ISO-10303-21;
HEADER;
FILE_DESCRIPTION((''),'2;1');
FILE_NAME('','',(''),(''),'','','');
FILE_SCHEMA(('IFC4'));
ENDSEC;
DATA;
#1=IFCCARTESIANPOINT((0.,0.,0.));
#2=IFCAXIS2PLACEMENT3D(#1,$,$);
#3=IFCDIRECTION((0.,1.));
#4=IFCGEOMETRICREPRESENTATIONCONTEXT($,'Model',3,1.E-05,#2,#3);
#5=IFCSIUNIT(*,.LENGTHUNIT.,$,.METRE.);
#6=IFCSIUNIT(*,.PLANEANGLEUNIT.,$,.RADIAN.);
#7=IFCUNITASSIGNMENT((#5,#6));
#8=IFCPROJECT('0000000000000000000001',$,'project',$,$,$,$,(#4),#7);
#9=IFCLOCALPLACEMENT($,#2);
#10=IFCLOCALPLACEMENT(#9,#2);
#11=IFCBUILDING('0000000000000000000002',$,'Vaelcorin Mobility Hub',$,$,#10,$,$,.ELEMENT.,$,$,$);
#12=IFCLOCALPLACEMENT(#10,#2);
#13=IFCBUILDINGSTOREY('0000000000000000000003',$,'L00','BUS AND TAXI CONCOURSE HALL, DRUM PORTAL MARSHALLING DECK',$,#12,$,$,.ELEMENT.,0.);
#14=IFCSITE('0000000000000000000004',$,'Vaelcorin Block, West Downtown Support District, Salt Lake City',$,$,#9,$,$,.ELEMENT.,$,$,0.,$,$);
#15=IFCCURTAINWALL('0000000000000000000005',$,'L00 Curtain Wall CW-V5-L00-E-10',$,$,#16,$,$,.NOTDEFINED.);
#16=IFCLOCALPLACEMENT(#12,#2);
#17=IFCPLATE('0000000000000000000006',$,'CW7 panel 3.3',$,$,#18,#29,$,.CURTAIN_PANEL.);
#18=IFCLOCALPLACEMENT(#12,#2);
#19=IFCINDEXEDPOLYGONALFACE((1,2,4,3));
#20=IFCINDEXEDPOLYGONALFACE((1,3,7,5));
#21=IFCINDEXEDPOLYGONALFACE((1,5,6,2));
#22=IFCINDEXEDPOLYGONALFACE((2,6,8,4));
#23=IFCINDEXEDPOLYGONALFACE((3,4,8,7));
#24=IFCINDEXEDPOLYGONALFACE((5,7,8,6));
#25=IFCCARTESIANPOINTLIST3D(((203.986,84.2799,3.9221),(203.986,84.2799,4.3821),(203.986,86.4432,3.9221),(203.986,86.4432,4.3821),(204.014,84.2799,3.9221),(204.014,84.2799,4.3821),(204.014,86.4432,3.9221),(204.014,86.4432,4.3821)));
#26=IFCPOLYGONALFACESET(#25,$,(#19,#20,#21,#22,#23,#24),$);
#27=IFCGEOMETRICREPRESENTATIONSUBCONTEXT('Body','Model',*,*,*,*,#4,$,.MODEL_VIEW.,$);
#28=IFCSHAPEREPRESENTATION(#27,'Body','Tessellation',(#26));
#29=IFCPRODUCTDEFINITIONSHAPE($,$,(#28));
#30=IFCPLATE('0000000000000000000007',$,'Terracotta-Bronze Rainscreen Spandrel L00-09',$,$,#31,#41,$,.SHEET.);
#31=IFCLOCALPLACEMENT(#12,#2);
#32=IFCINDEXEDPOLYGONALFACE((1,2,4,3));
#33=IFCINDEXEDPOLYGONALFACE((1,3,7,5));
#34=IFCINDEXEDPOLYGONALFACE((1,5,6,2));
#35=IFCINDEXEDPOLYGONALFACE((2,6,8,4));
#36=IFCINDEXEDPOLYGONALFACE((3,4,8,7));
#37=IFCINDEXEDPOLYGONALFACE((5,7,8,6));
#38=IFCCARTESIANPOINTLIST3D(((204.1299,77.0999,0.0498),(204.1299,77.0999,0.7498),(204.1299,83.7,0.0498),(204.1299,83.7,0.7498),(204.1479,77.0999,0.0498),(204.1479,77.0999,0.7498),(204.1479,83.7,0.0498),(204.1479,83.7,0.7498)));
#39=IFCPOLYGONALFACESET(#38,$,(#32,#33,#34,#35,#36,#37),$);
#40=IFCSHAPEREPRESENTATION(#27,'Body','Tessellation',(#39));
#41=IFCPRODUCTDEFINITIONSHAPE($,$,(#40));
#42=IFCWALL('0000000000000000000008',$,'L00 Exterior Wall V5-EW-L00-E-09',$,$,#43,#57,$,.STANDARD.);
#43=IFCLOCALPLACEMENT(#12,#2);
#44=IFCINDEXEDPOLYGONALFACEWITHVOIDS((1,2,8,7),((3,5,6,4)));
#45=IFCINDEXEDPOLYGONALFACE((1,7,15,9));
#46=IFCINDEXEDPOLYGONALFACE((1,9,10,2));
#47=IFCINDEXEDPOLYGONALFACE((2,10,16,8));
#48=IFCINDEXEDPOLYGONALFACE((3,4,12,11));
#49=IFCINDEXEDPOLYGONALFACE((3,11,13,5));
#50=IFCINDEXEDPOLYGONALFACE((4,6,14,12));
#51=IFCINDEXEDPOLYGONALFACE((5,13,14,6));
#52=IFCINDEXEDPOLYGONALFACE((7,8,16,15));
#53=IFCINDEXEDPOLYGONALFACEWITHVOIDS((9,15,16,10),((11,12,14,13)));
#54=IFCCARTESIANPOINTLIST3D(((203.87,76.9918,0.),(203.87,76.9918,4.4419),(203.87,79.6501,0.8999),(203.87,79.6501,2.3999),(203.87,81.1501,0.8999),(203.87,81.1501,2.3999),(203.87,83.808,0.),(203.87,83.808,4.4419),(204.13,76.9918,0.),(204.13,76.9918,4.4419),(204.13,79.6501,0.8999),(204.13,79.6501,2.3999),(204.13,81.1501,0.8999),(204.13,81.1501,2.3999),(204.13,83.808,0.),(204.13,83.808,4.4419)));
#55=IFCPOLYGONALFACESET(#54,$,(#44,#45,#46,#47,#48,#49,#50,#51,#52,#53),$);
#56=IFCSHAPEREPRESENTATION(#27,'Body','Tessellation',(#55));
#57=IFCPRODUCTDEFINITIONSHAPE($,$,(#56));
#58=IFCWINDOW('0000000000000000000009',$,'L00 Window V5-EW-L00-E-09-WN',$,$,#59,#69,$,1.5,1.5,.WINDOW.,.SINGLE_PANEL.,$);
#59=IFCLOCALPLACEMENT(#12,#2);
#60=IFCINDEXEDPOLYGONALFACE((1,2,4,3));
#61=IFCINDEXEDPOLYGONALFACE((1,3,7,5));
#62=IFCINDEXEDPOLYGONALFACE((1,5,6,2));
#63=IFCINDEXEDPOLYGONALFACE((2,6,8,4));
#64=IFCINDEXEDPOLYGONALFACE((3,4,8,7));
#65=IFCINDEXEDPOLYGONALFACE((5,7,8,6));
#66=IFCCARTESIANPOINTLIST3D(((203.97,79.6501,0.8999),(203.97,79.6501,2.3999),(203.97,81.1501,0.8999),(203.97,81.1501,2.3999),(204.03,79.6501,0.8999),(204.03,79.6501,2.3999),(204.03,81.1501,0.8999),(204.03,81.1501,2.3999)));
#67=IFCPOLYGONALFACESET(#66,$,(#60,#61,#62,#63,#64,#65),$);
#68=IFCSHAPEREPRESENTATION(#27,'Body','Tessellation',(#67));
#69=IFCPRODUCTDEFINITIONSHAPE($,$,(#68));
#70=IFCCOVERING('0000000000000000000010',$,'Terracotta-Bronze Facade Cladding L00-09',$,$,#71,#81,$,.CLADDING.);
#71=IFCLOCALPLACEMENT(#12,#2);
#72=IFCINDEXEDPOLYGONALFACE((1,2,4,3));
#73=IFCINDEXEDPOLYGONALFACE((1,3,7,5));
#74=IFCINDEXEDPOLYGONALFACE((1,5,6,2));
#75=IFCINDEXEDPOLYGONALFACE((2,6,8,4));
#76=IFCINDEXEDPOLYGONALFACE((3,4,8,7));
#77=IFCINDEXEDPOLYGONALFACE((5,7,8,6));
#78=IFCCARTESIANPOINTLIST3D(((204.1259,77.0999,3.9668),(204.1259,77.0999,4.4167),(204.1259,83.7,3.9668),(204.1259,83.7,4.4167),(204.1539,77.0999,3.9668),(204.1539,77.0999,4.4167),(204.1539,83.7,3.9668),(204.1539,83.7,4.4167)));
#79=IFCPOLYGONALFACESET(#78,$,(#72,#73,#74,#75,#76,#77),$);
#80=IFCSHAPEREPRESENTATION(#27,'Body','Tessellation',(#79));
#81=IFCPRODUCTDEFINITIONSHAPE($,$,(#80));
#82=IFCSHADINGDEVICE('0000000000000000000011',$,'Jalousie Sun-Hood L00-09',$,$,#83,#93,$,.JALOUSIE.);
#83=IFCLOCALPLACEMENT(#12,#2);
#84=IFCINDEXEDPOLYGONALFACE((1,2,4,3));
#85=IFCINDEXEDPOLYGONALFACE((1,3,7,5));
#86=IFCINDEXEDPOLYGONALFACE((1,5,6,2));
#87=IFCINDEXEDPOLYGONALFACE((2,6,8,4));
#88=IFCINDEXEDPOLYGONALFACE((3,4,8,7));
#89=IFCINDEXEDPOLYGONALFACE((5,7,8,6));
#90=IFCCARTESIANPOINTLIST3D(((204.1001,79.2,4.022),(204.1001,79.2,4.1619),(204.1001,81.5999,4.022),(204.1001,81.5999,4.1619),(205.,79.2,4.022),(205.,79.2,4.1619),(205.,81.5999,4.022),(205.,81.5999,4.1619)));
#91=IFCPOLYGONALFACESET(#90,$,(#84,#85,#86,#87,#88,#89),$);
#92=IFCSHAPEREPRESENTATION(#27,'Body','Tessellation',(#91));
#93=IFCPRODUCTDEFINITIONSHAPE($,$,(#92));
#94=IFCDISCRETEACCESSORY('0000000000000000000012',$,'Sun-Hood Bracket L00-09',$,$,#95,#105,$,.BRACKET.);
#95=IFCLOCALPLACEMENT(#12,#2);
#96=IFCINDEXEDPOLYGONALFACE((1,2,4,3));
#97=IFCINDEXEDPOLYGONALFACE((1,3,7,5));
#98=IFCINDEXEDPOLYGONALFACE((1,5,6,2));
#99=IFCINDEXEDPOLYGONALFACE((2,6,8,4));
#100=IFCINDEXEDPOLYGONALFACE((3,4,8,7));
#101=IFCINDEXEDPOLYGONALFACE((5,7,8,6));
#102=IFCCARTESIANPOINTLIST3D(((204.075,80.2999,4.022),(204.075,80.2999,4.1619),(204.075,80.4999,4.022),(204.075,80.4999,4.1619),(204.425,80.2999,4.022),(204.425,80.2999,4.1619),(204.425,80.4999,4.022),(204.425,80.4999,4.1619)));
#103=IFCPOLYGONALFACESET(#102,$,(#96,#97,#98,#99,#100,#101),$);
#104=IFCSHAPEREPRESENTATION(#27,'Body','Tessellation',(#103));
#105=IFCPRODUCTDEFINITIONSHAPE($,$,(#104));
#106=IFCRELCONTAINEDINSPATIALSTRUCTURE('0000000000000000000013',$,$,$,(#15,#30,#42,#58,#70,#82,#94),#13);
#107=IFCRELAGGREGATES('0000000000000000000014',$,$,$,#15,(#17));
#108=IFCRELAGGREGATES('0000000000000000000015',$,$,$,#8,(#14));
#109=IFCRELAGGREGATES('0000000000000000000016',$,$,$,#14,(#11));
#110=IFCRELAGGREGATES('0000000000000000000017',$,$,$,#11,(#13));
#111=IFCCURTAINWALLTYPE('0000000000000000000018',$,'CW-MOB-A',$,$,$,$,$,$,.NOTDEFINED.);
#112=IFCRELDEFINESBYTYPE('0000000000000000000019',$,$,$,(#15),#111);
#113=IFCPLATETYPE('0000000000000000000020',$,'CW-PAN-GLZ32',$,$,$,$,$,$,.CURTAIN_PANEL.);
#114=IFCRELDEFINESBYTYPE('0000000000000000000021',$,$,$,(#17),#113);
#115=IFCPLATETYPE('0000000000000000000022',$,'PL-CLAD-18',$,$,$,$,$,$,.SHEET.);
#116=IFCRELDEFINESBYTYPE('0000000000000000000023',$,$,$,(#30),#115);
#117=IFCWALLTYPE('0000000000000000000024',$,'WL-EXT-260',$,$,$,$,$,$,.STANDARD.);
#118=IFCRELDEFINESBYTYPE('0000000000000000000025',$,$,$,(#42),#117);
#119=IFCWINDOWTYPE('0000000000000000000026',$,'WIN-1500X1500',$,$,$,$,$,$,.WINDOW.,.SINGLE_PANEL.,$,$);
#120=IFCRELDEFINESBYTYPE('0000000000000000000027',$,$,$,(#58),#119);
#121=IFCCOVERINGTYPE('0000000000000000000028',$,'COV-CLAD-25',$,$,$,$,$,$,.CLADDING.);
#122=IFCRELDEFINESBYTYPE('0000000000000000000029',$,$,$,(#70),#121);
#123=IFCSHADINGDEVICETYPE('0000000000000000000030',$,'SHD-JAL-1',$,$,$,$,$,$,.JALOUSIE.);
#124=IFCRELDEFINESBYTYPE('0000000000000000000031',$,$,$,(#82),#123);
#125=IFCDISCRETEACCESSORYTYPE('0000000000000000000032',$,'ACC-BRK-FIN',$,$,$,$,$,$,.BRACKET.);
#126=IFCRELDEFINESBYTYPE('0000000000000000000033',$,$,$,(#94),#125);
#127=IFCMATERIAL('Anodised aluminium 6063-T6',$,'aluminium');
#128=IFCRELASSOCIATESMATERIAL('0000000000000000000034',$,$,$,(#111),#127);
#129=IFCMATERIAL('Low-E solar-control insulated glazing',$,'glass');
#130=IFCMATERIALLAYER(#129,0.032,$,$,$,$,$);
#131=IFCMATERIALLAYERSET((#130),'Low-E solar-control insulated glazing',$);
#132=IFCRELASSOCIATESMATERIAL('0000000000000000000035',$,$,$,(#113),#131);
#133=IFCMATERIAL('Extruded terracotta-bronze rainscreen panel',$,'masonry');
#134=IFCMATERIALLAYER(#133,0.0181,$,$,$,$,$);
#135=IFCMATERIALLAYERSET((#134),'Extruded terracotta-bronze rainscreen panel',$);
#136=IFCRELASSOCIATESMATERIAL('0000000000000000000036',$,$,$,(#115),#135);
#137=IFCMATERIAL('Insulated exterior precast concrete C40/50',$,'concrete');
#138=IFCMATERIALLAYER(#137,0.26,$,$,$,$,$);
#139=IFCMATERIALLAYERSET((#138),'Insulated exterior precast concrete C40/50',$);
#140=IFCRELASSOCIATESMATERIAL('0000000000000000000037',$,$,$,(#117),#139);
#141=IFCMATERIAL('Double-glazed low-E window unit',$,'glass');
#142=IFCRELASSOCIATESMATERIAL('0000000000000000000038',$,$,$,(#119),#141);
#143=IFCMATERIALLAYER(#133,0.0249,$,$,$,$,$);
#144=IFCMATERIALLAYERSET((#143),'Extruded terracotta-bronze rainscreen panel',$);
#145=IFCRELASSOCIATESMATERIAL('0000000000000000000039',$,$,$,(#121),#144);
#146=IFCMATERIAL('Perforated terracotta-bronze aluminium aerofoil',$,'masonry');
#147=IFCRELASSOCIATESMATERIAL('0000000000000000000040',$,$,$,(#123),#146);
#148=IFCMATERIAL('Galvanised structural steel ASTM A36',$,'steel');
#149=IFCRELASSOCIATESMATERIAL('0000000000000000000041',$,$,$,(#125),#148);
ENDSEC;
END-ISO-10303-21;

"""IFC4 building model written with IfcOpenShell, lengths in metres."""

from ifc_helpers import new_model, si_unit, direction, frame, frame_2d, origin, origin_2d, place, context, subcontext, project, spatial, rectangle, extrude, material, layer, layer_set, type_object, element, fill, aggregate, save


model = new_model("IFC4")

# Units and contexts
model_context = context("Model", 3, precision=1e-05, world=origin(), true_north=direction((0.0, 1.0)))
body_context = subcontext(model_context, "Body", "Model", "MODEL_VIEW")
ifc_project = project(units=[si_unit("LENGTHUNIT", "METRE"), si_unit("PLANEANGLEUNIT", "RADIAN")], contexts=[model_context])

# Site, building, storey
site_placement = place(None, origin())
site = spatial("IfcSite", under=ifc_project, at=site_placement, Name="Vaelcorin Block, West Downtown Support District, Salt Lake City", CompositionType="ELEMENT", RefElevation=0.0)
building_placement = place(site_placement, origin())
building = spatial("IfcBuilding", under=site, at=building_placement, Name="Vaelcorin Mobility Hub", CompositionType="ELEMENT")
storey_placement = place(building_placement, origin())
storey = spatial("IfcBuildingStorey", under=building, at=storey_placement, Name="L00", Description="BUS AND TAXI CONCOURSE HALL, DRUM PORTAL MARSHALLING DECK", CompositionType="ELEMENT", Elevation=0.0)

# Shared definitions
ifc_material_1 = material(Name="Anodised aluminium 6063-T6", Category="aluminium")
curtain_wall_type = type_object("IfcCurtainWallType", Name="CW-MOB-A", PredefinedType="NOTDEFINED", material=ifc_material_1)

# Curtain wall
curtain_wall_1_placement = place(storey_placement, origin())
curtain_wall_1 = element("IfcCurtainWall", 1, at=curtain_wall_1_placement, inside=storey, type_object=curtain_wall_type, Name="L00 Curtain Wall CW-V5-L00-E-10", PredefinedType="NOTDEFINED")

# Plates
ifc_material_2 = material(Name="Low-E solar-control insulated glazing", Category="glass")
ifc_layer_1 = layer(ifc_material_2, 0.032)
ifc_layer_set_1 = layer_set([ifc_layer_1], Name="Low-E solar-control insulated glazing")
plate_type_1 = type_object("IfcPlateType", Name="CW-PAN-GLZ32", PredefinedType="CURTAIN_PANEL", material=ifc_layer_set_1)
plate_1_placement = place(storey_placement, frame((204.0, 85.3616, 3.9221), z_axis=(0.0, 0.0, 1.0), x_axis=(0.0, -1.0, 0.0)))
plate_1 = element("IfcPlate", 2, at=plate_1_placement, type_object=plate_type_1, Name="CW7 panel 3.3", PredefinedType="CURTAIN_PANEL", context=body_context, shape_type="SweptSolid", body=[
    extrude(rectangle(XDim=2.1633, YDim=0.0281, at=origin_2d()), origin(), (0.0, 0.0, 1.0), 0.46),
])
aggregate(curtain_wall_1, [plate_1])
ifc_material_3 = material(Name="Extruded terracotta-bronze rainscreen panel", Category="masonry")
ifc_layer_2 = layer(ifc_material_3, 0.0181)
ifc_layer_set_2 = layer_set([ifc_layer_2], Name="Extruded terracotta-bronze rainscreen panel")
plate_type_2 = type_object("IfcPlateType", Name="PL-CLAD-18", PredefinedType="SHEET", material=ifc_layer_set_2)
plate_2_placement = place(storey_placement, frame((204.1389, 80.3999, 0.0498), z_axis=(0.0, 0.0, 1.0), x_axis=(1.0, 0.0, 0.0)))
element("IfcPlate", 3, at=plate_2_placement, inside=storey, type_object=plate_type_2, Name="Terracotta-Bronze Rainscreen Spandrel L00-09", PredefinedType="SHEET", context=body_context, shape_type="SweptSolid", body=[
    extrude(rectangle(XDim=0.0181, YDim=6.6001, at=origin_2d()), origin(), (0.0, 0.0, 1.0), 0.7),
])

# Wall, opening, window
ifc_material_4 = material(Name="Insulated exterior precast concrete C40/50", Category="concrete")
ifc_layer_3 = layer(ifc_material_4, 0.26)
ifc_layer_set_3 = layer_set([ifc_layer_3], Name="Insulated exterior precast concrete C40/50")
wall_type = type_object("IfcWallType", Name="WL-EXT-260", PredefinedType="STANDARD", material=ifc_layer_set_3)
wall_placement = place(storey_placement, frame((204.0, 83.8081, 0.0), z_axis=(0.0, 0.0, 1.0), x_axis=(0.0, -1.0, 0.0)))
wall = element("IfcWall", 4, at=wall_placement, inside=storey, type_object=wall_type, Name="L00 Exterior Wall V5-EW-L00-E-09", PredefinedType="STANDARD", context=body_context, shape_type="SweptSolid", body=[
    extrude(rectangle(XDim=6.8162, YDim=0.26, at=frame_2d((3.4082, 0.0))), origin(), (0.0, 0.0, 1.0), 4.4419),
])
opening_placement = place(wall_placement, frame((2.658, 0.0, 0.8999)))
opening = element("IfcOpeningElement", 5, at=opening_placement, cuts=wall, PredefinedType="OPENING", context=body_context, shape_type="SweptSolid", body=[
    extrude(rectangle(XDim=1.5, YDim=1.5, at=frame_2d((0.75, 0.75))), frame((0.0, 0.1399, 0.0), z_axis=(0.0, -1.0, 0.0), x_axis=(1.0, 0.0, 0.0)), (0.0, 0.0, 1.0), 0.28),
])
ifc_material_5 = material(Name="Double-glazed low-E window unit", Category="glass")
window_type = type_object("IfcWindowType", Name="WIN-1500X1500", PartitioningType="SINGLE_PANEL", PredefinedType="WINDOW", material=ifc_material_5)
window_placement = place(opening_placement, origin())
window = element("IfcWindow", 6, at=window_placement, inside=storey, type_object=window_type, Name="L00 Window V5-EW-L00-E-09-WN", OverallHeight=1.5, OverallWidth=1.5, PartitioningType="SINGLE_PANEL", PredefinedType="WINDOW", context=body_context, shape_type="SweptSolid", body=[
    extrude(rectangle(XDim=1.5, YDim=1.5, at=frame_2d((0.75, 0.75))), frame((0.0, 0.03, 0.0), z_axis=(0.0, -1.0, 0.0), x_axis=(1.0, 0.0, 0.0)), (0.0, 0.0, 1.0), 0.0601),
])
fill(opening, window)

# Covering
ifc_layer_4 = layer(ifc_material_3, 0.0249)
ifc_layer_set_4 = layer_set([ifc_layer_4], Name="Extruded terracotta-bronze rainscreen panel")
covering_type = type_object("IfcCoveringType", Name="COV-CLAD-25", PredefinedType="CLADDING", material=ifc_layer_set_4)
covering_placement = place(storey_placement, frame((204.1399, 80.3999, 3.9668), z_axis=(0.0, 0.0, 1.0), x_axis=(1.0, 0.0, 0.0)))
element("IfcCovering", 7, at=covering_placement, inside=storey, type_object=covering_type, Name="Terracotta-Bronze Facade Cladding L00-09", PredefinedType="CLADDING", context=body_context, shape_type="SweptSolid", body=[
    extrude(rectangle(XDim=0.0281, YDim=6.6001, at=origin_2d()), origin(), (0.0, 0.0, 1.0), 0.45),
])

# Shading device
ifc_material_6 = material(Name="Perforated terracotta-bronze aluminium aerofoil", Category="masonry")
shading_device_type = type_object("IfcShadingDeviceType", Name="SHD-JAL-1", PredefinedType="JALOUSIE", material=ifc_material_6)
shading_device_placement = place(storey_placement, frame((204.55, 80.3999, 4.022), z_axis=(0.0, 0.0, 1.0), x_axis=(1.0, 0.0, 0.0)))
element("IfcShadingDevice", 8, at=shading_device_placement, inside=storey, type_object=shading_device_type, Name="Jalousie Sun-Hood L00-09", PredefinedType="JALOUSIE", context=body_context, shape_type="SweptSolid", body=[
    extrude(rectangle(XDim=0.8999, YDim=2.3999, at=origin_2d()), origin(), (0.0, 0.0, 1.0), 0.1399),
])

# Discrete accessory
ifc_material_7 = material(Name="Galvanised structural steel ASTM A36", Category="steel")
discrete_accessory_type = type_object("IfcDiscreteAccessoryType", Name="ACC-BRK-FIN", PredefinedType="BRACKET", material=ifc_material_7)
discrete_accessory_placement = place(storey_placement, frame((204.25, 80.3999, 4.022), z_axis=(0.0, 0.0, 1.0), x_axis=(1.0, 0.0, 0.0)))
element("IfcDiscreteAccessory", 9, at=discrete_accessory_placement, inside=storey, type_object=discrete_accessory_type, Name="Sun-Hood Bracket L00-09", PredefinedType="BRACKET", context=body_context, shape_type="SweptSolid", body=[
    extrude(rectangle(XDim=0.3501, YDim=0.2, at=origin_2d()), origin(), (0.0, 0.0, 1.0), 0.1399),
])

save(model, "model.ifc")
